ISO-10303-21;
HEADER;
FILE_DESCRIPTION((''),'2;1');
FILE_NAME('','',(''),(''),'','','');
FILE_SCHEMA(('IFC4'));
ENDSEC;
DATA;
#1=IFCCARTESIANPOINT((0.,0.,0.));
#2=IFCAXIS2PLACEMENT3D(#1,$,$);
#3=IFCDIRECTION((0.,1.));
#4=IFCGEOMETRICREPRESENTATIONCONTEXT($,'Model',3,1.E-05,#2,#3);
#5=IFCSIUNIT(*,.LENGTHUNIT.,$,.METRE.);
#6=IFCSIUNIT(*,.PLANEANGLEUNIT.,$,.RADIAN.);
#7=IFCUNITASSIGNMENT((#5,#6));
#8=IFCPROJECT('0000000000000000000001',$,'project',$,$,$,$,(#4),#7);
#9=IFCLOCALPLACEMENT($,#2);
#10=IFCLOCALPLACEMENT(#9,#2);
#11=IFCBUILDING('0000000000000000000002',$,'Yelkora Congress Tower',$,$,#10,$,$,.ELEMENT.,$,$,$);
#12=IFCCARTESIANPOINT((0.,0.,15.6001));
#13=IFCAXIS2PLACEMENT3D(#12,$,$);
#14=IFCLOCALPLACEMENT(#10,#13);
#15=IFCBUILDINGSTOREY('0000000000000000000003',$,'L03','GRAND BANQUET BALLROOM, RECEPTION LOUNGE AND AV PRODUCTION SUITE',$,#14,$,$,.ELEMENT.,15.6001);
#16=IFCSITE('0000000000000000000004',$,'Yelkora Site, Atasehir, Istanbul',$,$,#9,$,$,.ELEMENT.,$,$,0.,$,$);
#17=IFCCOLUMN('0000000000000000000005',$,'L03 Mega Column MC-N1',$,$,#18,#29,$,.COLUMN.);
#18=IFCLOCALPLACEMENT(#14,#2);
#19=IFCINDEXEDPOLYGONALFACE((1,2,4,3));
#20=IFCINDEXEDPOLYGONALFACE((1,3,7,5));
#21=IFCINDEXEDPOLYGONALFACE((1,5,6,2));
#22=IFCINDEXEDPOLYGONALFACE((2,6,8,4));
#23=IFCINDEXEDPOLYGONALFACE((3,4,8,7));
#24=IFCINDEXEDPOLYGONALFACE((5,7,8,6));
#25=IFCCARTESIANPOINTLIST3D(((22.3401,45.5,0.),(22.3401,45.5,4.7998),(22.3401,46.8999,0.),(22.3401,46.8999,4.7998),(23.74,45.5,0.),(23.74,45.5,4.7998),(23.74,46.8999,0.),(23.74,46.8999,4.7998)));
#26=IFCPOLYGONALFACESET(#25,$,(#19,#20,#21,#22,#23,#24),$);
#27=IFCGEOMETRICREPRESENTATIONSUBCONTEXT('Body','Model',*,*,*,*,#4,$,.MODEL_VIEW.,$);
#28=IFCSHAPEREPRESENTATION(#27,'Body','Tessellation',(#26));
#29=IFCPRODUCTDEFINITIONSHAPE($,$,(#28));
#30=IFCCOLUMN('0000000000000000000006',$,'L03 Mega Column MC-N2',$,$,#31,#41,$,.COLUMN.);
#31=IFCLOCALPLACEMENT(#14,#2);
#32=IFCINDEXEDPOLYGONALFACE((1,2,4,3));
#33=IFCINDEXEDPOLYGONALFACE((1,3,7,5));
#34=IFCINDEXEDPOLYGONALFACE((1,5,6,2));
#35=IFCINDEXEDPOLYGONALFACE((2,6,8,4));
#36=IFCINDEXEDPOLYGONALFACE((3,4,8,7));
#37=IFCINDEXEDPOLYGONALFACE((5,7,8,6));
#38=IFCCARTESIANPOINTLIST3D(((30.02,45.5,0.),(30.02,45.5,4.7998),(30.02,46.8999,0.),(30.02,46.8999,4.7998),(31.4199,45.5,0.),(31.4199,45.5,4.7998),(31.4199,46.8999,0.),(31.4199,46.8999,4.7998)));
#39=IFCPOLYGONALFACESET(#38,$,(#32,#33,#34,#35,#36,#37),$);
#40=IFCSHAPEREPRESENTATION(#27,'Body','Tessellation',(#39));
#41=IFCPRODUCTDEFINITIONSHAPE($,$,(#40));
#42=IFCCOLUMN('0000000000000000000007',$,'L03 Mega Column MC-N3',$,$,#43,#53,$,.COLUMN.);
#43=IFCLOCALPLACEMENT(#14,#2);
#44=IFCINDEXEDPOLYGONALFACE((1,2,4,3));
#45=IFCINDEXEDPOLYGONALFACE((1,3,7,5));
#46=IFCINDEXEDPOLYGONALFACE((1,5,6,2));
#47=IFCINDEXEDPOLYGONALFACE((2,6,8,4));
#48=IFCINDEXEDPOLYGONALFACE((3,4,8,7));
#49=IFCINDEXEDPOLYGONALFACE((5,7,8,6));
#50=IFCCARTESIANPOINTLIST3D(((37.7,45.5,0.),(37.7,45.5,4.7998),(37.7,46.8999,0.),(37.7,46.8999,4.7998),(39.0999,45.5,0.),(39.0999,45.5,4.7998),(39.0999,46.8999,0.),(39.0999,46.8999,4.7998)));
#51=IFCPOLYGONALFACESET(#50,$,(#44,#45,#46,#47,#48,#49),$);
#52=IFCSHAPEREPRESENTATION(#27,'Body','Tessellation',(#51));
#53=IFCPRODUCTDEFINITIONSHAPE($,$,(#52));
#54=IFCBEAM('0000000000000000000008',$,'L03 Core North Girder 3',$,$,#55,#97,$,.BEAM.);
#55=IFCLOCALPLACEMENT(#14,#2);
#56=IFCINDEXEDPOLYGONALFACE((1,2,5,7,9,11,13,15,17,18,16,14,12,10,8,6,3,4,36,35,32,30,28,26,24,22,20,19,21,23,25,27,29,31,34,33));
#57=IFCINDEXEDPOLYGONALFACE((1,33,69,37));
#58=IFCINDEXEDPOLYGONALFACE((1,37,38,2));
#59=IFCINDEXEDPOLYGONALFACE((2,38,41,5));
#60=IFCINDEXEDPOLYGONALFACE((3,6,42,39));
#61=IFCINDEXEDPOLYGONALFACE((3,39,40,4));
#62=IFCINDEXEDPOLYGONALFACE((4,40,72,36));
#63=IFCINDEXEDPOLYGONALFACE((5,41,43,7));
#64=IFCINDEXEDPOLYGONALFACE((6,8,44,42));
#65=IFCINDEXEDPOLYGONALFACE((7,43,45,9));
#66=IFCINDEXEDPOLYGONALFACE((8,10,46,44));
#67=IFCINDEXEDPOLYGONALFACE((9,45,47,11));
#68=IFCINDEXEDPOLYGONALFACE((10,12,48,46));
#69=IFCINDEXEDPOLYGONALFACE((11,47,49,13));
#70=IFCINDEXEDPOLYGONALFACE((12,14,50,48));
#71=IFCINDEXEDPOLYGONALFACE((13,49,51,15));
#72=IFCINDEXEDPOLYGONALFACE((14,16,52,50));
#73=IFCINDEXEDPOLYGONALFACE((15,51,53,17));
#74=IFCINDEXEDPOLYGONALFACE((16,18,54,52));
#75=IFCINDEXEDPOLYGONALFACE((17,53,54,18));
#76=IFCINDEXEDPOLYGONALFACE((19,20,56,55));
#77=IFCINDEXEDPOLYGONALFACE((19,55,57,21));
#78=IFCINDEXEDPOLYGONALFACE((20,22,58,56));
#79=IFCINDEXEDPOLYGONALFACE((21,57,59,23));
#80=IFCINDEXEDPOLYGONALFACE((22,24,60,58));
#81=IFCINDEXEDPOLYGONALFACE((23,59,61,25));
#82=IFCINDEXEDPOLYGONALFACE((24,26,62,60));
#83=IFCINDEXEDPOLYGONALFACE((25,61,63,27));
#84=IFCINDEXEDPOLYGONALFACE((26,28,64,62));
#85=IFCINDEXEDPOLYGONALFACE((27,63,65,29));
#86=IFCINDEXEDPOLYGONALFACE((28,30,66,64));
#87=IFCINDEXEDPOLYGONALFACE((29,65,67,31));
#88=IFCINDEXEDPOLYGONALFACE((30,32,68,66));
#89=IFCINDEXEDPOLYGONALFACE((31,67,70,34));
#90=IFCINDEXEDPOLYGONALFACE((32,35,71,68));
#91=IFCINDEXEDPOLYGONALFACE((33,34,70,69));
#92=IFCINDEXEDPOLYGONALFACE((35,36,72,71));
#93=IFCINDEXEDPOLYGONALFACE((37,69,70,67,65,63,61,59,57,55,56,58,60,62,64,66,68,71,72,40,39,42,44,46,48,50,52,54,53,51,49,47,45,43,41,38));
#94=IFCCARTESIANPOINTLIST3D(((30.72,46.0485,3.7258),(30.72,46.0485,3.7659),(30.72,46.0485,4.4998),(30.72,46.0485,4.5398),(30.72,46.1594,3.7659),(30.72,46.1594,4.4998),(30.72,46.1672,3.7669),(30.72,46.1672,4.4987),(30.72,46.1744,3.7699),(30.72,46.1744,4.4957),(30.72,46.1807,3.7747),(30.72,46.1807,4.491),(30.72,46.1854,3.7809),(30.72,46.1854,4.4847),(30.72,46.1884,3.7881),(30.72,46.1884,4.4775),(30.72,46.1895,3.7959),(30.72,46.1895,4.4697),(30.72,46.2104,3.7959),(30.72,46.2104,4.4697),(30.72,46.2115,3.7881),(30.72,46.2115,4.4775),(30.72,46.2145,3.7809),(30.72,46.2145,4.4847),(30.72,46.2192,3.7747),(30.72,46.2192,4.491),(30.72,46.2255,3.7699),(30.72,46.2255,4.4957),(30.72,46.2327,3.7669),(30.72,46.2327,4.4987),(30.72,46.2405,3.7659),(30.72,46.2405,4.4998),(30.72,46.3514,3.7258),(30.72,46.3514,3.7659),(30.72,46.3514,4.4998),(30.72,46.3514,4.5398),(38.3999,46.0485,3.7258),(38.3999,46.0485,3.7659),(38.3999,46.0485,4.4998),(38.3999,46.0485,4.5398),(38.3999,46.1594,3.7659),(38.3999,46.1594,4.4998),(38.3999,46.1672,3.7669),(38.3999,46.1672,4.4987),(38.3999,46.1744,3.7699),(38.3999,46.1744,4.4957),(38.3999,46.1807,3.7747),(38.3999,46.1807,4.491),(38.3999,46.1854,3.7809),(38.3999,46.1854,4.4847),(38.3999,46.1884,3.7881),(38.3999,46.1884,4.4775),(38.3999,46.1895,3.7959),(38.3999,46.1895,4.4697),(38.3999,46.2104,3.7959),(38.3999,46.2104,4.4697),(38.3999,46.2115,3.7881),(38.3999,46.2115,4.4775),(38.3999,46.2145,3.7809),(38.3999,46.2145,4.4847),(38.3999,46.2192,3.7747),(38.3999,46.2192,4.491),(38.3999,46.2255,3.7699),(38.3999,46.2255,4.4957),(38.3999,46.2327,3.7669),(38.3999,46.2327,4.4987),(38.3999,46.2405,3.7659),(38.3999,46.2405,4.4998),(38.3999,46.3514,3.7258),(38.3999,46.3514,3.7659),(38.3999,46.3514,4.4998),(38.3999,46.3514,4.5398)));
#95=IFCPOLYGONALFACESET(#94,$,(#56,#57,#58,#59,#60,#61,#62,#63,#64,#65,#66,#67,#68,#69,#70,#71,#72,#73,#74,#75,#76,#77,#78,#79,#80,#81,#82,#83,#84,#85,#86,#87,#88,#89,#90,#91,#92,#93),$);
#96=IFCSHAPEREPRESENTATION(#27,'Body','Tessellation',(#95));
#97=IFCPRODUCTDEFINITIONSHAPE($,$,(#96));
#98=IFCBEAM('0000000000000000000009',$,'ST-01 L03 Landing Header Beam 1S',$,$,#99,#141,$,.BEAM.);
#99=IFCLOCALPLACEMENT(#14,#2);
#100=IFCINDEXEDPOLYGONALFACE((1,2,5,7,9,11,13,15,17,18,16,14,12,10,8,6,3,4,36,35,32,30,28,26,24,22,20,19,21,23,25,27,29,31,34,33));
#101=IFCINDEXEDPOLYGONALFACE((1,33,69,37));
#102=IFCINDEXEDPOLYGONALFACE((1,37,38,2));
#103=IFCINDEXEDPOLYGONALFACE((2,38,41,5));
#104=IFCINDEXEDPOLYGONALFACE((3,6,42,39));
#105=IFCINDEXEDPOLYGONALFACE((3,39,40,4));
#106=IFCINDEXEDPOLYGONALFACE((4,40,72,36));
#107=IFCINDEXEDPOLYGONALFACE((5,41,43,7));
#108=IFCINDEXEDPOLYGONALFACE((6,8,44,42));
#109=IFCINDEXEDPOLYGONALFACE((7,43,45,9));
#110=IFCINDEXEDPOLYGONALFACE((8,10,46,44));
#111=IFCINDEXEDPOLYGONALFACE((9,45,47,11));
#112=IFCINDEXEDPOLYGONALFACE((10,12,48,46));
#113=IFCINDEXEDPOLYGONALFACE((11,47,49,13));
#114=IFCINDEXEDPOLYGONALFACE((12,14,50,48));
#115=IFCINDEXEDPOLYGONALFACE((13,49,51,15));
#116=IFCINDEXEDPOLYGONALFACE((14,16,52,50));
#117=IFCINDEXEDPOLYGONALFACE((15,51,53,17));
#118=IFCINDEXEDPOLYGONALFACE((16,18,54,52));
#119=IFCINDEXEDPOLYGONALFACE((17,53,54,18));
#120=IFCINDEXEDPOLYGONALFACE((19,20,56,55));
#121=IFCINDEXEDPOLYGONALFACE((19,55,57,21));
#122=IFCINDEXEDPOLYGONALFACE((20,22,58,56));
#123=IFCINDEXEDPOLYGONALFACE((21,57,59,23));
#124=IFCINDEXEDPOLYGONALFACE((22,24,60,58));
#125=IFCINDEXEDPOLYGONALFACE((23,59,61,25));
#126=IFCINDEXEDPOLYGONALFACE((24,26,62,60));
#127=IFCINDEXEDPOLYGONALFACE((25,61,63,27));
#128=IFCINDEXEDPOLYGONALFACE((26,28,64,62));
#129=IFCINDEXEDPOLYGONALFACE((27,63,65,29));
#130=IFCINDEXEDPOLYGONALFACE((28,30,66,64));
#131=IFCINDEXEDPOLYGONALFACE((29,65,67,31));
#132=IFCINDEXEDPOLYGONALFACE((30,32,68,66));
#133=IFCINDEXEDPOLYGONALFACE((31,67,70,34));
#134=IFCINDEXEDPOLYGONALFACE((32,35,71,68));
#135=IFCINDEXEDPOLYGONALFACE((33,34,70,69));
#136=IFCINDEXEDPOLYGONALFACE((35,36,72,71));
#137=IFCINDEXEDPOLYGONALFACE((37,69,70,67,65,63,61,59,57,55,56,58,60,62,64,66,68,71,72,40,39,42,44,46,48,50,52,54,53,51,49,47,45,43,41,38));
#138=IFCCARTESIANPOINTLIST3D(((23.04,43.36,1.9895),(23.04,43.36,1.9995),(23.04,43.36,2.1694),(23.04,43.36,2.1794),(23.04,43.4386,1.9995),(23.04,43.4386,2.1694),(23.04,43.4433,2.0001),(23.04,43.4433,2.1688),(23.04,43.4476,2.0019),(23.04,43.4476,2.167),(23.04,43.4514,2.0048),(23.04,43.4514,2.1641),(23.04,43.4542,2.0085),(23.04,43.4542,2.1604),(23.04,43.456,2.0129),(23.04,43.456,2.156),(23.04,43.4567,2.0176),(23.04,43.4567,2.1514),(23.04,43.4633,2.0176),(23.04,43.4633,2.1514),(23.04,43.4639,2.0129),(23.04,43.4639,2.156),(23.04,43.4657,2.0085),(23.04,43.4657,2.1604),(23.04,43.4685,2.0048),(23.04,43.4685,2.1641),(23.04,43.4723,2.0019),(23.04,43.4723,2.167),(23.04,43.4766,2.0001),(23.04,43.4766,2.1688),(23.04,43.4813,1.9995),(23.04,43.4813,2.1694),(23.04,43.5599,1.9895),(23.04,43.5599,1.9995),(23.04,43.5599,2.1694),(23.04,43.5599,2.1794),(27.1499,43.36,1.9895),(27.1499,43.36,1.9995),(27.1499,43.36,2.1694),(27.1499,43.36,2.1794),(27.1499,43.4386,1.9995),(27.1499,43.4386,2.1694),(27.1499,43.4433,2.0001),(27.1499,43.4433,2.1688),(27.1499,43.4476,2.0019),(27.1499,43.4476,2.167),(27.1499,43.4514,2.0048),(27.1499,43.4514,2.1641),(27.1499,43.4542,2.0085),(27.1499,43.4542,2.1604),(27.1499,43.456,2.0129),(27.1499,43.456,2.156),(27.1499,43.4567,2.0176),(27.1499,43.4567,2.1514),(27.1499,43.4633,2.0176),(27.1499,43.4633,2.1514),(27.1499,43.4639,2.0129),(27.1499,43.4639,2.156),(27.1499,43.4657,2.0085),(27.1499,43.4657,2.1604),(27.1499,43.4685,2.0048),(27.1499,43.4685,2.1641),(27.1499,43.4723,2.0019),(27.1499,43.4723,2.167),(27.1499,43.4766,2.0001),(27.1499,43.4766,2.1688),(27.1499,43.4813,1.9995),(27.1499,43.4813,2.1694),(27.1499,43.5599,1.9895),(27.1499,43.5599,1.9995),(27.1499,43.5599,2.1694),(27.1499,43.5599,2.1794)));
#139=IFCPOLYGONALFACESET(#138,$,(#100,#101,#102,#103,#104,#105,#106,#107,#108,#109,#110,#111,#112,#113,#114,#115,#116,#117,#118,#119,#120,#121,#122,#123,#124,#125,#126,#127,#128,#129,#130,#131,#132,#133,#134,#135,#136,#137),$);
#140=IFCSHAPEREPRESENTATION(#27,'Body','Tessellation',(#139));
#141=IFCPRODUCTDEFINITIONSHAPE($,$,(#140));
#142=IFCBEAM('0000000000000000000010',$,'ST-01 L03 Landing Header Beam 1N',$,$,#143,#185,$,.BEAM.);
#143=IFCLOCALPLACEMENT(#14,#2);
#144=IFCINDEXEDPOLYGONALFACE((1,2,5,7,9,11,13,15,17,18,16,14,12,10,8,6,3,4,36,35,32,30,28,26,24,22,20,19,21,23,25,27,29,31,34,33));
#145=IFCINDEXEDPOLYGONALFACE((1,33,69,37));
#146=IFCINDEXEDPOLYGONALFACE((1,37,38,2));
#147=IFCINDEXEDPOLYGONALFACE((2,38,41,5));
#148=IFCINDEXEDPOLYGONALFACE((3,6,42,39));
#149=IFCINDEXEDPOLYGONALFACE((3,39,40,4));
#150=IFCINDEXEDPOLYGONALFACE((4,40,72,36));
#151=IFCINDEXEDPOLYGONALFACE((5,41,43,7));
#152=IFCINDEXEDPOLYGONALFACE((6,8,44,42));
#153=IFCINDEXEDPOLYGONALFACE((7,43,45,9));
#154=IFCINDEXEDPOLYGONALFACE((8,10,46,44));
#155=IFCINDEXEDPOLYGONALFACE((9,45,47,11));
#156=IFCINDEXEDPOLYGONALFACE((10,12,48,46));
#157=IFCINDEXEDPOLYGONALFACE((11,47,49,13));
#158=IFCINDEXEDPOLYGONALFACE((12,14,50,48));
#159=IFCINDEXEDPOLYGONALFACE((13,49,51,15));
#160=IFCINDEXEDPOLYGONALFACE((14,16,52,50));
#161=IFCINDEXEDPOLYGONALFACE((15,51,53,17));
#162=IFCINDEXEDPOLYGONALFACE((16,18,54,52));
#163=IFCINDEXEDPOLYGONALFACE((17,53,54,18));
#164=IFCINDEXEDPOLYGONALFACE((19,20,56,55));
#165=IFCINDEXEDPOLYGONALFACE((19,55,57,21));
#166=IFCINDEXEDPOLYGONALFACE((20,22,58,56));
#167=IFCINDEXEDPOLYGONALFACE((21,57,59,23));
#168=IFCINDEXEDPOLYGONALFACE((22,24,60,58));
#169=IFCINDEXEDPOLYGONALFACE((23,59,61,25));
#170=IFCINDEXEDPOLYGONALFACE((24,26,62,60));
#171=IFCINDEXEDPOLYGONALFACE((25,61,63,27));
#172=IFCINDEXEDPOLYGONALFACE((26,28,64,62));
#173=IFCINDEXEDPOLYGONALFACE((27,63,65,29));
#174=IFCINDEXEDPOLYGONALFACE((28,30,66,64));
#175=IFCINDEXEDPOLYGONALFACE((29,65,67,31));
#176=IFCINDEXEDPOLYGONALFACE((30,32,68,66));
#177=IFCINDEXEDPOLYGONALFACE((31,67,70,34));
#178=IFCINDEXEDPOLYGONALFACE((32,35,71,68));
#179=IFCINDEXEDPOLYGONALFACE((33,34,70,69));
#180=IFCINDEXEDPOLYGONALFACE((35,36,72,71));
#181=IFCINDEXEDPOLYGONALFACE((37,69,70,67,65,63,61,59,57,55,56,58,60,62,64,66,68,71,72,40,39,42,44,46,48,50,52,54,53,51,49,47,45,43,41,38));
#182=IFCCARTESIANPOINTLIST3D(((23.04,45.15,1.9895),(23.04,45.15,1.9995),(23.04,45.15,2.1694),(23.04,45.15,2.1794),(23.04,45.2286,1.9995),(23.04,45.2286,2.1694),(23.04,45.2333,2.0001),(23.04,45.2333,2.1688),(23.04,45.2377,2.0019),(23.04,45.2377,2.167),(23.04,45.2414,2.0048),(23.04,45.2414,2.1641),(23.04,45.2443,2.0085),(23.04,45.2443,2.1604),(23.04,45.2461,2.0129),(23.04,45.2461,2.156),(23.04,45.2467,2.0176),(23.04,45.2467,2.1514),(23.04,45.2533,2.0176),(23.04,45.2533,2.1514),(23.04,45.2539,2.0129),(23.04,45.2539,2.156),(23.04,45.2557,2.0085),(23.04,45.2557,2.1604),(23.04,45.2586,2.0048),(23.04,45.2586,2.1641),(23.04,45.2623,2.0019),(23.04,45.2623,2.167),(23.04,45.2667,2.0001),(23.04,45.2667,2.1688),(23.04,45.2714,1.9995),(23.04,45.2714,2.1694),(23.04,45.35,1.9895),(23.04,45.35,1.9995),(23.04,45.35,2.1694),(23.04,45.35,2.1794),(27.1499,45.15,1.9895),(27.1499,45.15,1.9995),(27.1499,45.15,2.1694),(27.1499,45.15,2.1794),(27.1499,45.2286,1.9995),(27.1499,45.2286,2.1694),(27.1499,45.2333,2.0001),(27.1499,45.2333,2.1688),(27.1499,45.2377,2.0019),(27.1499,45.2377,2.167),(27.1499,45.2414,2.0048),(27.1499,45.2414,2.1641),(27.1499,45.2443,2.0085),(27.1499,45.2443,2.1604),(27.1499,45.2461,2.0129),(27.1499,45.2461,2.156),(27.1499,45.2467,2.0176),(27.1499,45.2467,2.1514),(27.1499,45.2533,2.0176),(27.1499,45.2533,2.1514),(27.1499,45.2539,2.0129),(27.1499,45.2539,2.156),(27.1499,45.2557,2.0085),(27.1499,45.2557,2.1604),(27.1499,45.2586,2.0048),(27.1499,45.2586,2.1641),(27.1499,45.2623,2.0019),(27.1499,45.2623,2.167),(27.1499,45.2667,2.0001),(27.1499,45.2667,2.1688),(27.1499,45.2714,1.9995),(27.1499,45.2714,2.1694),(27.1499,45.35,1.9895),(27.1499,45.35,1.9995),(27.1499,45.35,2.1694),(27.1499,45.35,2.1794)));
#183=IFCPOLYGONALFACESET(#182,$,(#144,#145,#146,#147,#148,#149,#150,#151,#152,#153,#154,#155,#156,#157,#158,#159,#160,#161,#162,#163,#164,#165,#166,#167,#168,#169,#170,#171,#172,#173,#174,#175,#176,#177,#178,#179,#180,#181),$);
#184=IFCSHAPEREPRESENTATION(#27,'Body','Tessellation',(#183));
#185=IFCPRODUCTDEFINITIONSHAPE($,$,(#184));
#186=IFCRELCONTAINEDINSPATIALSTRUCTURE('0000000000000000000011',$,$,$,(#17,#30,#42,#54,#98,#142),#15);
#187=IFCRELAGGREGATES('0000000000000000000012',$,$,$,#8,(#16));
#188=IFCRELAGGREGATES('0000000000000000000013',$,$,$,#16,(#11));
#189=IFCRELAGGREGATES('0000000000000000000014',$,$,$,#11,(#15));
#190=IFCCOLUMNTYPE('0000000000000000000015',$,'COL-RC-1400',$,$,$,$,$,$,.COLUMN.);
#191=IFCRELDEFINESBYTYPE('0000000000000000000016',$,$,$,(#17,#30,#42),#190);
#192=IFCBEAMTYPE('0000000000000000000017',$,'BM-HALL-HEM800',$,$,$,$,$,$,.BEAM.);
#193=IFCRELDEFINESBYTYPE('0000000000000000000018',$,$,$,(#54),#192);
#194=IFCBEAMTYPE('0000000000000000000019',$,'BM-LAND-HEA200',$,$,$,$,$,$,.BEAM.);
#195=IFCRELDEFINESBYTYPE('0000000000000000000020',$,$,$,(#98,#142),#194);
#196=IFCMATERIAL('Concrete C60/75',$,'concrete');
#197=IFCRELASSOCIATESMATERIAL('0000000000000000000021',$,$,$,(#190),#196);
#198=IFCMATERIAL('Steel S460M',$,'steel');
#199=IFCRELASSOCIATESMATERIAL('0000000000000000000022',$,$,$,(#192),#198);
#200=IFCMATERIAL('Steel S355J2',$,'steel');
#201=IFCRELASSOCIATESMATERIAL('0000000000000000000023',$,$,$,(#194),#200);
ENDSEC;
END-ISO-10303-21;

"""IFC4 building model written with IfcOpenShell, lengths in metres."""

from ifc_helpers import new_model, si_unit, direction, frame, origin, origin_2d, place, context, subcontext, project, spatial, rectangle, i_section, extrude, material, material_profile, profile_set, type_object, element, save


model = new_model("IFC4")

# Units and contexts
model_context = context("Model", 3, precision=1e-05, world=origin(), true_north=direction((0.0, 1.0)))
body_context = subcontext(model_context, "Body", "Model", "MODEL_VIEW")
ifc_project = project(units=[si_unit("LENGTHUNIT", "METRE"), si_unit("PLANEANGLEUNIT", "RADIAN")], contexts=[model_context])

# Site, building, storey
site_placement = place(None, origin())
site = spatial("IfcSite", under=ifc_project, at=site_placement, Name="Yelkora Site, Atasehir, Istanbul", CompositionType="ELEMENT", RefElevation=0.0)
building_placement = place(site_placement, origin())
building = spatial("IfcBuilding", under=site, at=building_placement, Name="Yelkora Congress Tower", CompositionType="ELEMENT")
storey_placement = place(building_placement, frame((0.0, 0.0, 15.6001)))
storey = spatial("IfcBuildingStorey", under=building, at=storey_placement, Name="L03", Description="GRAND BANQUET BALLROOM, RECEPTION LOUNGE AND AV PRODUCTION SUITE", CompositionType="ELEMENT", Elevation=15.6001)

# Columns
ifc_material_1 = material(Name="Concrete C60/75", Category="concrete")
ifc_material_profile_1 = material_profile(ifc_material_1, rectangle(XDim=1.3999, YDim=1.3999, at=origin_2d()), Name="RC 1400x1400")
ifc_profile_set_1 = profile_set([ifc_material_profile_1], Name="Concrete C60/75")
column_type = type_object("IfcColumnType", Name="COL-RC-1400", PredefinedType="COLUMN", material=ifc_profile_set_1)
for number, where, z_axis, x_axis, name in (
    (1, (23.04, 46.2, 0.0), (0.0, 0.0, 1.0), (1.0, 0.0, 0.0), "L03 Mega Column MC-N1"),
    (2, (30.72, 46.2, 0.0), (0.0, 0.0, 1.0), (1.0, 0.0, 0.0), "L03 Mega Column MC-N2"),
    (3, (38.3999, 46.2, 0.0), (0.0, 0.0, 1.0), (1.0, 0.0, 0.0), "L03 Mega Column MC-N3"),
):
    element("IfcColumn", number, at=place(storey_placement, frame(where, z_axis=z_axis, x_axis=x_axis)), inside=storey, type_object=column_type, Name=name, PredefinedType="COLUMN", context=body_context, shape_type="SweptSolid", body=[
        extrude(rectangle(XDim=1.3999, YDim=1.3999, at=origin_2d()), origin(), (0.0, 0.0, 1.0), 4.7998),
    ])

# Beams
ifc_material_2 = material(Name="Steel S460M", Category="steel")
ifc_material_profile_2 = material_profile(ifc_material_2, i_section(OverallWidth=0.303, OverallDepth=0.814, WebThickness=0.021, FlangeThickness=0.04, FilletRadius=0.03, at=origin_2d()), Name="HEM 800")
ifc_profile_set_2 = profile_set([ifc_material_profile_2], Name="Steel S460M")
beam_type_1 = type_object("IfcBeamType", Name="BM-HALL-HEM800", PredefinedType="BEAM", material=ifc_profile_set_2)
beam_1_placement = place(storey_placement, frame((30.72, 46.2, 4.1328), z_axis=(1.0, 0.0, 0.0), x_axis=(0.0, 1.0, 0.0)))
element("IfcBeam", 4, at=beam_1_placement, inside=storey, type_object=beam_type_1, Name="L03 Core North Girder 3", PredefinedType="BEAM", context=body_context, shape_type="SweptSolid", body=[
    extrude(i_section(OverallWidth=0.303, OverallDepth=0.814, WebThickness=0.021, FlangeThickness=0.04, FilletRadius=0.03, at=origin_2d()), origin(), (0.0, 0.0, 1.0), 7.6799),
])
ifc_material_3 = material(Name="Steel S355J2", Category="steel")
ifc_material_profile_3 = material_profile(ifc_material_3, i_section(OverallWidth=0.2, OverallDepth=0.1899, WebThickness=0.0066, FlangeThickness=0.01, FilletRadius=0.0181, at=origin_2d()), Name="HEA 200")
ifc_profile_set_3 = profile_set([ifc_material_profile_3], Name="Steel S355J2")
beam_type_2 = type_object("IfcBeamType", Name="BM-LAND-HEA200", PredefinedType="BEAM", material=ifc_profile_set_3)
for number, where, z_axis, x_axis, name in (
    (5, (23.04, 43.46, 2.0845), (1.0, 0.0, 0.0), (0.0, 1.0, 0.0), "ST-01 L03 Landing Header Beam 1S"),
    (6, (23.04, 45.25, 2.0845), (1.0, 0.0, 0.0), (0.0, 1.0, 0.0), "ST-01 L03 Landing Header Beam 1N"),
):
    element("IfcBeam", number, at=place(storey_placement, frame(where, z_axis=z_axis, x_axis=x_axis)), inside=storey, type_object=beam_type_2, Name=name, PredefinedType="BEAM", context=body_context, shape_type="SweptSolid", body=[
        extrude(i_section(OverallWidth=0.2, OverallDepth=0.1899, WebThickness=0.0066, FlangeThickness=0.01, FilletRadius=0.0181, at=origin_2d()), origin(), (0.0, 0.0, 1.0), 4.1099),
    ])

save(model, "model.ifc")
